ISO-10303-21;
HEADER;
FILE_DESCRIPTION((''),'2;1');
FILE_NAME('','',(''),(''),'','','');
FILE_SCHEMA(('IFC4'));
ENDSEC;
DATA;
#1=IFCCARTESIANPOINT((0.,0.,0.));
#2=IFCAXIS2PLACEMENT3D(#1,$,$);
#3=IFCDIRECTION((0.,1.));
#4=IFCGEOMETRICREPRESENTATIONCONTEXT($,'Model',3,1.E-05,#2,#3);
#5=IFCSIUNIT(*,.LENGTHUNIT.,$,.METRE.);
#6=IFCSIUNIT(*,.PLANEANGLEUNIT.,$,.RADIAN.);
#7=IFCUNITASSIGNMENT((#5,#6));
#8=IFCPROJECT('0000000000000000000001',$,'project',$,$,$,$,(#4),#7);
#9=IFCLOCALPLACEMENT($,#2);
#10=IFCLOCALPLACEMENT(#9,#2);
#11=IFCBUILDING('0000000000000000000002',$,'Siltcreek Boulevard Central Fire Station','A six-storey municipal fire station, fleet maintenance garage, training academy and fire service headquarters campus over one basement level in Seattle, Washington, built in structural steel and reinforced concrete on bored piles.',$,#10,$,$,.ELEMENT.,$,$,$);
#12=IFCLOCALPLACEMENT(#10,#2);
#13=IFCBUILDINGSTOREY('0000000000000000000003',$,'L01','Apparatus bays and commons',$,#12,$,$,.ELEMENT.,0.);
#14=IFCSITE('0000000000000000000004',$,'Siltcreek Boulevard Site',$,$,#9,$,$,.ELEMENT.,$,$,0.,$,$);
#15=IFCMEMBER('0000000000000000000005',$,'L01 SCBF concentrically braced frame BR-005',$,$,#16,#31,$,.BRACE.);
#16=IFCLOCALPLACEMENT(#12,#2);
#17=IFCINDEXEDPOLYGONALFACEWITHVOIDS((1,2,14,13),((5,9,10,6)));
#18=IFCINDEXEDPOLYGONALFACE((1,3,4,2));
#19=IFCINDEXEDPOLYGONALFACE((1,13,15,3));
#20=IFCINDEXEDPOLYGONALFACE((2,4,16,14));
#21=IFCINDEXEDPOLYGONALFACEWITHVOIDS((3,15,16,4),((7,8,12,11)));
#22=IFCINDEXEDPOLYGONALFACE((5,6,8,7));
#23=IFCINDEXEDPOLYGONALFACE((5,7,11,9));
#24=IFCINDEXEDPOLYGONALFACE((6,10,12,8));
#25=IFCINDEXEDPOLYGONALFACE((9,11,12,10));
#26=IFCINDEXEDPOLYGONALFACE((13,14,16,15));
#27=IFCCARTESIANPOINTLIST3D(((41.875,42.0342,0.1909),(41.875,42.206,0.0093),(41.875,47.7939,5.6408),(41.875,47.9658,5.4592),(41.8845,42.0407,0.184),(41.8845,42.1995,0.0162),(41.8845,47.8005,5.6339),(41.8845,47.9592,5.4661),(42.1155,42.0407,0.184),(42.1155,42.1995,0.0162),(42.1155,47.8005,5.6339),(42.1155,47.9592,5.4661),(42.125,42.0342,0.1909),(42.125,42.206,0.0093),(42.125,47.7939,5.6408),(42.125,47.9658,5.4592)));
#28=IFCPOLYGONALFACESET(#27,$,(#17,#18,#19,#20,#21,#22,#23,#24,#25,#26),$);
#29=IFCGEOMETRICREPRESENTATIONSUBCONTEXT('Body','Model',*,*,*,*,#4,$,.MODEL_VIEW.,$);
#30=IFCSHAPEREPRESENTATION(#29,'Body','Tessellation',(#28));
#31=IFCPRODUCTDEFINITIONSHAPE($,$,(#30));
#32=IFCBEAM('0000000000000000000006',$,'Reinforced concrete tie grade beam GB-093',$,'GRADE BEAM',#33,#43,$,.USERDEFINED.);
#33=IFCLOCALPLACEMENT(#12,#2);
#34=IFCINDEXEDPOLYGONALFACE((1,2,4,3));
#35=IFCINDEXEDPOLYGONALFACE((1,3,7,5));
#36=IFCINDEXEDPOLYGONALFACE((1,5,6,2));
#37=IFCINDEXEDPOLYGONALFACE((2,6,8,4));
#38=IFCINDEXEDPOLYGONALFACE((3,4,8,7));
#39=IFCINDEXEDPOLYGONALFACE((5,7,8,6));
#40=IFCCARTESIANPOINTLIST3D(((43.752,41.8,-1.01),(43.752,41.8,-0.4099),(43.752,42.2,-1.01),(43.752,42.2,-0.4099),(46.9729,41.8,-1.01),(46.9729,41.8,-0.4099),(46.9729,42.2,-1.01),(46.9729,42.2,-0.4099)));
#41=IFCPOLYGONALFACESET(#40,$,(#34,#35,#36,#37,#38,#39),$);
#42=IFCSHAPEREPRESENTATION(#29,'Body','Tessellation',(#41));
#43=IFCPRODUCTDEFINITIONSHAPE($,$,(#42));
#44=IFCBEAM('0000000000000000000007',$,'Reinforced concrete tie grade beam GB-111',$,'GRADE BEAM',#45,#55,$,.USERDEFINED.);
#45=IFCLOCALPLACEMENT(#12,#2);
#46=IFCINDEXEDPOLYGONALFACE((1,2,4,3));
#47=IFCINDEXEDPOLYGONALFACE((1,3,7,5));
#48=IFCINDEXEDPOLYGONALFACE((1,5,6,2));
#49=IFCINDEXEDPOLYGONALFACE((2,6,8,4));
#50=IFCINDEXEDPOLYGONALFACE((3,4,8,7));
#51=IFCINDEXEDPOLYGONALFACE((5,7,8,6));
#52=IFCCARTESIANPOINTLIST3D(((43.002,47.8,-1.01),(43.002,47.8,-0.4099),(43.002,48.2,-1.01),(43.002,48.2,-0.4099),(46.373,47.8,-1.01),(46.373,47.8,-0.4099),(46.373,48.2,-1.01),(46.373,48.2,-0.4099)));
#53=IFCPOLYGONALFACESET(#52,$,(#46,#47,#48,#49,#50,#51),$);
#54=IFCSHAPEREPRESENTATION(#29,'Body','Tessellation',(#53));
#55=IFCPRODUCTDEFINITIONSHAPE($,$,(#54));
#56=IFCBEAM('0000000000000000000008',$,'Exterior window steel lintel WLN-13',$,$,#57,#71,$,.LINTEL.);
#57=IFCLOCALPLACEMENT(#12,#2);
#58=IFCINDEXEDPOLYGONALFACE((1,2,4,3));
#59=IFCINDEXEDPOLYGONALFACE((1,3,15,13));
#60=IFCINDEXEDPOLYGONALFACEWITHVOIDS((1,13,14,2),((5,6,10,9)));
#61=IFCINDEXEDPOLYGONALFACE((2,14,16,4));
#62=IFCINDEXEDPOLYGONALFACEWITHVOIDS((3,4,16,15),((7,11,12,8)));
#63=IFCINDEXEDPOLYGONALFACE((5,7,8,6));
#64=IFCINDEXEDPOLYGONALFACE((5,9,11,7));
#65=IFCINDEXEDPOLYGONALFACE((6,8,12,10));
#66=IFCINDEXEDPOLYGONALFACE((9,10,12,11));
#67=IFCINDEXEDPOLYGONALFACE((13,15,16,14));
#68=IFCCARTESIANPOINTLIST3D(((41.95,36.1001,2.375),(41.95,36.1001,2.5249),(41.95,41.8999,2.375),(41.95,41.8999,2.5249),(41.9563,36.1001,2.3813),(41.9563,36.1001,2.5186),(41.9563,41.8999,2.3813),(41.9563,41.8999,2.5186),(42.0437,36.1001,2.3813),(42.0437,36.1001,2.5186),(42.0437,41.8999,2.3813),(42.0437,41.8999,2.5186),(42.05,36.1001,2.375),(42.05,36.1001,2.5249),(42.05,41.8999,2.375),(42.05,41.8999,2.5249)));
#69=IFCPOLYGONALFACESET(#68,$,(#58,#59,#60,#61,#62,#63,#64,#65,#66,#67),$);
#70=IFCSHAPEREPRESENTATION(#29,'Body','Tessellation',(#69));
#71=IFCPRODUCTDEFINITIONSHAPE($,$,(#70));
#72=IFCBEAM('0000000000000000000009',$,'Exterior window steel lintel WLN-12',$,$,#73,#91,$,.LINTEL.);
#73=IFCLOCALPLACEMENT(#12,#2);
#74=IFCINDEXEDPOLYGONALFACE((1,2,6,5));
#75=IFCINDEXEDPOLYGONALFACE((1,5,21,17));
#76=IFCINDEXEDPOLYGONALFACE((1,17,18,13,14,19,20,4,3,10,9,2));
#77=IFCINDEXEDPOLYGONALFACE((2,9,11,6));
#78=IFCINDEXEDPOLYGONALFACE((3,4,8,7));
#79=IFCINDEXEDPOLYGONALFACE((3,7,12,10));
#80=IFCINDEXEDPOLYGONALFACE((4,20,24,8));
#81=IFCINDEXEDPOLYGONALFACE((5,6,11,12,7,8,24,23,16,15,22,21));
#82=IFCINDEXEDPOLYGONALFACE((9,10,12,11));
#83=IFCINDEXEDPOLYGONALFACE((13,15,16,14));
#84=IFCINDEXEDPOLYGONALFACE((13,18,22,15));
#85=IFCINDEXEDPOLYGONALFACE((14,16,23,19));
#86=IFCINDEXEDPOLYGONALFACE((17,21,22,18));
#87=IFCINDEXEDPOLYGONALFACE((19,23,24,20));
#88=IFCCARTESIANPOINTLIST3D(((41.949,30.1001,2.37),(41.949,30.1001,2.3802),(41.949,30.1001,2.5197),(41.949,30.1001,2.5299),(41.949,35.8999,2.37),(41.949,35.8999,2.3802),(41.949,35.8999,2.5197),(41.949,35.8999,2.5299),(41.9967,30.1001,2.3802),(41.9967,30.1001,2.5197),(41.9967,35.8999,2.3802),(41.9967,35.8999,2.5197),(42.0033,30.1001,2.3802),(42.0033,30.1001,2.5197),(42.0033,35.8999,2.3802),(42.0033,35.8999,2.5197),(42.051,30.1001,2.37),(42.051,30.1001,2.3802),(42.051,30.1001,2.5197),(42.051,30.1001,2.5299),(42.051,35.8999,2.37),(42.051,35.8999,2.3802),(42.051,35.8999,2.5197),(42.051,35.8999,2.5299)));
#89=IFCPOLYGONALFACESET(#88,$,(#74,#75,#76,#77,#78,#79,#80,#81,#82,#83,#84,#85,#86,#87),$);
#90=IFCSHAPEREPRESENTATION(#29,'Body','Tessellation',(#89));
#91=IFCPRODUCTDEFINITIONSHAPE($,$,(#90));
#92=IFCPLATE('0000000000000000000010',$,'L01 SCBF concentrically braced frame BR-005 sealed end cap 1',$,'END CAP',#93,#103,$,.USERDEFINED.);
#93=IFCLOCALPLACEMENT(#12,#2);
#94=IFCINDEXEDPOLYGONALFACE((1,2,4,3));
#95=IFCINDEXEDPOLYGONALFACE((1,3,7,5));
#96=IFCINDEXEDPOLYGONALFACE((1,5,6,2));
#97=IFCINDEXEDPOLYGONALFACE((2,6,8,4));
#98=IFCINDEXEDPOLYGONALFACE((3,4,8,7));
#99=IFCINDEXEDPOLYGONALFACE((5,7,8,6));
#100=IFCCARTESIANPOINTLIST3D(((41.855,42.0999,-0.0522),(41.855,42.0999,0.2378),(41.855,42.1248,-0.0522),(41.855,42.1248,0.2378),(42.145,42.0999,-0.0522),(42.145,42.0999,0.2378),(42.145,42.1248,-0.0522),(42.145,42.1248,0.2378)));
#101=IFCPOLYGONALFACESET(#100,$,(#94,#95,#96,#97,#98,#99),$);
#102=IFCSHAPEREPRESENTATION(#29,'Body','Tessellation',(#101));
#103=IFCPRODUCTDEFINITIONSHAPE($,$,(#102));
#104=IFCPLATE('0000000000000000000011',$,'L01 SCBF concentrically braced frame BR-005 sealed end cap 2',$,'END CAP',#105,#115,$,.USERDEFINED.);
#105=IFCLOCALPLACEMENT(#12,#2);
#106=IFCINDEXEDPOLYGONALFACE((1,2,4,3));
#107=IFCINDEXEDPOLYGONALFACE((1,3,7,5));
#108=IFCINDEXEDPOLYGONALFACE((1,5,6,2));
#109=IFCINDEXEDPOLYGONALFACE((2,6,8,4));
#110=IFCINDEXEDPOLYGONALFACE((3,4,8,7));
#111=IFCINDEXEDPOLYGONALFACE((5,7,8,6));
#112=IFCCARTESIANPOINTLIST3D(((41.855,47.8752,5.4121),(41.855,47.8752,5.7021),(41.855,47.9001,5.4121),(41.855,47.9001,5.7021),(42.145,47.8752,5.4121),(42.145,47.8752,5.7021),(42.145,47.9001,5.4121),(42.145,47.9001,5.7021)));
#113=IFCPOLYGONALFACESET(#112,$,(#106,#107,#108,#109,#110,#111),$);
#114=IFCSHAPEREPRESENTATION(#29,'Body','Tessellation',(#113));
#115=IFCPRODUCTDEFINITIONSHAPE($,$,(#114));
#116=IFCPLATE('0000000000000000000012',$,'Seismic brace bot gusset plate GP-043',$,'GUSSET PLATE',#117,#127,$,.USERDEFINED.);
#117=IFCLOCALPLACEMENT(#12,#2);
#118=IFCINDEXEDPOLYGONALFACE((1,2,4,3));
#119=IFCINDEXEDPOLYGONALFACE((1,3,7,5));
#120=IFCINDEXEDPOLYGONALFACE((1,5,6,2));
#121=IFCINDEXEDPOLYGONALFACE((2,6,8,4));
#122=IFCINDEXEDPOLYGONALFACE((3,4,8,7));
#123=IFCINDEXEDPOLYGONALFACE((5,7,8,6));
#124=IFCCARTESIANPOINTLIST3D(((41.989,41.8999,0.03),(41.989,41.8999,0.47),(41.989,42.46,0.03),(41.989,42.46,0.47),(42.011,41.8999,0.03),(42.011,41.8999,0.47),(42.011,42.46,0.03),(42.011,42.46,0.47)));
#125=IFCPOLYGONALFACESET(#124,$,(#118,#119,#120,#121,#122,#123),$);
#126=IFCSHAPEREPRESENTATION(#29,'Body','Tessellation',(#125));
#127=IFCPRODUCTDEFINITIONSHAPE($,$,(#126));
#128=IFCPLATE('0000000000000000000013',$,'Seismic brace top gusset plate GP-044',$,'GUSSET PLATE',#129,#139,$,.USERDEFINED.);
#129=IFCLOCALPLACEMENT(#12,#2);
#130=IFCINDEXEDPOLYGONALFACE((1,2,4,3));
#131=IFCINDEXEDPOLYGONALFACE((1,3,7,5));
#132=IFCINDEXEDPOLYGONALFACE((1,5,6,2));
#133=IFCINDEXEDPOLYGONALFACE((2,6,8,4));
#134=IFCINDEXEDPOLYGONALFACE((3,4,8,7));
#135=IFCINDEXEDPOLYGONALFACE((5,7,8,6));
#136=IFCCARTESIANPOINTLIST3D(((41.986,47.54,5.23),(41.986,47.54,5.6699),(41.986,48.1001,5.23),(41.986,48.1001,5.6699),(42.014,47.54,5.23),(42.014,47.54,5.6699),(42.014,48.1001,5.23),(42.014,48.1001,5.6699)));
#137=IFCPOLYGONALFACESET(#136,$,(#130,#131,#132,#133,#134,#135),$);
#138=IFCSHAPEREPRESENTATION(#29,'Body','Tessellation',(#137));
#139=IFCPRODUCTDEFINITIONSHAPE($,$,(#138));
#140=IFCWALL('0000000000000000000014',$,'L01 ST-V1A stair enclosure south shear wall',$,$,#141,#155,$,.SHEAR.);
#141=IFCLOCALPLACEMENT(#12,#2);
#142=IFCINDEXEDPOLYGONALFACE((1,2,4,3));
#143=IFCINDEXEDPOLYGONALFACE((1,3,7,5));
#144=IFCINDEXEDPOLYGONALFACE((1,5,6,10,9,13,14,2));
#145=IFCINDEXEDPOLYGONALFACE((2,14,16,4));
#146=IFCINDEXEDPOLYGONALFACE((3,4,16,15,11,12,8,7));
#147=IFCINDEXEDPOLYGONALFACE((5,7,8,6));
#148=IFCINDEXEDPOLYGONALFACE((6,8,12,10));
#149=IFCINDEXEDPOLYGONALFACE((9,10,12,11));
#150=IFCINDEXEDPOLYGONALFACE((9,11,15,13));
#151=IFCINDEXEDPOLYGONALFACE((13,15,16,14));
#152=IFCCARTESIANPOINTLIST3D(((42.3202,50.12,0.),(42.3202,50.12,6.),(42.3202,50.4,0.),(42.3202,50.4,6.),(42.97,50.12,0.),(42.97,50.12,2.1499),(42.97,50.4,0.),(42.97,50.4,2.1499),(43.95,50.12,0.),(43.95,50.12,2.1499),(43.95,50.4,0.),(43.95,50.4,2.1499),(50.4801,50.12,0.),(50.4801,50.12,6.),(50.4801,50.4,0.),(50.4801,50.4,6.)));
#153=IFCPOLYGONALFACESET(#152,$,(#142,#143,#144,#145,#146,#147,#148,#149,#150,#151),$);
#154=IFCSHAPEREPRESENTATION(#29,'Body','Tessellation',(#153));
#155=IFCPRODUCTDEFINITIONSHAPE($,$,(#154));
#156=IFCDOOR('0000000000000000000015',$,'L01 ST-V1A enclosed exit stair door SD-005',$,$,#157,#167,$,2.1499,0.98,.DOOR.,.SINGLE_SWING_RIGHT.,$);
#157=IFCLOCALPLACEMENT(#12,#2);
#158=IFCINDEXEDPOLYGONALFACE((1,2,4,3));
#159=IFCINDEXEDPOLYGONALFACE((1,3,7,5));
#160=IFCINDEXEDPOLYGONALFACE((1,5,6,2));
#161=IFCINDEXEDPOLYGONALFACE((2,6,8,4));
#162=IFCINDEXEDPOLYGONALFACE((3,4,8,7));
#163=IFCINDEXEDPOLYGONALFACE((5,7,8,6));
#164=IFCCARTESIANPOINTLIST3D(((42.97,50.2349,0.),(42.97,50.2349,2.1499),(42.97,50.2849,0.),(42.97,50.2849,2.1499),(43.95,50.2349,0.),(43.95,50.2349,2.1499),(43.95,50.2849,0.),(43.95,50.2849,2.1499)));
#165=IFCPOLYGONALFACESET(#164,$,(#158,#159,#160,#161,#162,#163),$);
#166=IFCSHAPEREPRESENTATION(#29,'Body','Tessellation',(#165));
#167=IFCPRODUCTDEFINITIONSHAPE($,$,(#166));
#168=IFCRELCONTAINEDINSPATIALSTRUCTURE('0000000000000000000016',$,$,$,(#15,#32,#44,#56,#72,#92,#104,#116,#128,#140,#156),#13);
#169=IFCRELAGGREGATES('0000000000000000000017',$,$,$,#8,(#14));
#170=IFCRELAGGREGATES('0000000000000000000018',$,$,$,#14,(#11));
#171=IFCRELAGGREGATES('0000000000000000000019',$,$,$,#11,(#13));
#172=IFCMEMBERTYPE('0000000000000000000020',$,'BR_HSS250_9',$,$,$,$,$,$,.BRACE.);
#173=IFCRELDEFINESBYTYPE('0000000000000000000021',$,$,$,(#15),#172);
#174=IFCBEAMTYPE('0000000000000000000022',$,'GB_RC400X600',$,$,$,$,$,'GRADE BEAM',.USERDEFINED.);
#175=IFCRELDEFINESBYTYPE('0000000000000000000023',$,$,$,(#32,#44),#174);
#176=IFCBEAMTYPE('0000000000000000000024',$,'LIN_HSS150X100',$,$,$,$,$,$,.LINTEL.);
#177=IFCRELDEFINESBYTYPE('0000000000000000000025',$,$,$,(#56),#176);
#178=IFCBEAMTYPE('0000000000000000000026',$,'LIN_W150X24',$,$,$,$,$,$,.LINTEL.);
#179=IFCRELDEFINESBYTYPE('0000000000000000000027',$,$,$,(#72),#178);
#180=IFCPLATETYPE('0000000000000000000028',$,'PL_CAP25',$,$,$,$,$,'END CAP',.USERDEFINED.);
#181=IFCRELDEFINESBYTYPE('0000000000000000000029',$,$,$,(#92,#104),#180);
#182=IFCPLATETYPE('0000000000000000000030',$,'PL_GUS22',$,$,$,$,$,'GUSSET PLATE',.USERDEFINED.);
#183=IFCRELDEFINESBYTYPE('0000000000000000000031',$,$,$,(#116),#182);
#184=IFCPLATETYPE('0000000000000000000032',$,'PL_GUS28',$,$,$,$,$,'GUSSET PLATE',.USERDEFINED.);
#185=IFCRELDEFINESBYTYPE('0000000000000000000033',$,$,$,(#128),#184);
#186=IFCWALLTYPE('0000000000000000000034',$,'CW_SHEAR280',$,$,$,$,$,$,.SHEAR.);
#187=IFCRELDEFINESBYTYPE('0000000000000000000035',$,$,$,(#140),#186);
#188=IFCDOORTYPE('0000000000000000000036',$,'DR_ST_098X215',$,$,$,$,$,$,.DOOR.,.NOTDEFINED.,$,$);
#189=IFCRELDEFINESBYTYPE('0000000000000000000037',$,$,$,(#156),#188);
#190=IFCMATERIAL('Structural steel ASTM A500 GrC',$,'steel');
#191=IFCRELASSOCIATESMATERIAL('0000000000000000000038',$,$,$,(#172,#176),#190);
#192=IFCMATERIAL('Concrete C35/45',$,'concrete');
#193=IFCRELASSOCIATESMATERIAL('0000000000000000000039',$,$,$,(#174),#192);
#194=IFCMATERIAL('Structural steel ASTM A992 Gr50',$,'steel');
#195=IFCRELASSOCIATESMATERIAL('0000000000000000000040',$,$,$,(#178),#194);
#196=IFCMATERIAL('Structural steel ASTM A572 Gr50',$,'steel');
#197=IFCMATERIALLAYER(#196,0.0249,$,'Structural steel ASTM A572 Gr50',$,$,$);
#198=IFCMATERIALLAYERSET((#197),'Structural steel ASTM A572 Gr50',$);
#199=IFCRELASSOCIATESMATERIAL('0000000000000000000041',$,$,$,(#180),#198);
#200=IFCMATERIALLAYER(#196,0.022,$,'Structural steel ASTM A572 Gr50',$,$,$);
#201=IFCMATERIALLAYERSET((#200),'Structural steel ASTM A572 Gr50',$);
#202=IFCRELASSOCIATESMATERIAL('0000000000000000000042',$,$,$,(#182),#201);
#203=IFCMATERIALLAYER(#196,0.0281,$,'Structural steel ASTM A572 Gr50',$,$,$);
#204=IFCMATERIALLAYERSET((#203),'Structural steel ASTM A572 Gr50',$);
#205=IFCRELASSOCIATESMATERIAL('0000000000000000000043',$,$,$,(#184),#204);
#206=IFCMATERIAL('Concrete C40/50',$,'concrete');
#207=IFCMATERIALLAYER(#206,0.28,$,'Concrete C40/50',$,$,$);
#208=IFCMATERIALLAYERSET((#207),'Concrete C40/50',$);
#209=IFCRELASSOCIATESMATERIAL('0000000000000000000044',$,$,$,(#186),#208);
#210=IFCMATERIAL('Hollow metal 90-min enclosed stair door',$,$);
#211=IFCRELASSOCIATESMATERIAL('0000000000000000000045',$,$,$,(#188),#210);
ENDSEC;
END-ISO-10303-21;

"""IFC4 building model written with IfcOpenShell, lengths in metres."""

from ifc_helpers import new_model, si_unit, direction, frame, frame_2d, origin, origin_2d, place, context, subcontext, project, spatial, rectangle, hollow_rectangle, i_section, extrude, material, layer, layer_set, material_profile, profile_set, type_object, element, fill, save


model = new_model("IFC4")

# Units and contexts
model_context = context("Model", 3, precision=1e-05, world=origin(), true_north=direction((0.0, 1.0)))
body_context = subcontext(model_context, "Body", "Model", "MODEL_VIEW")
ifc_project = project(units=[si_unit("LENGTHUNIT", "METRE"), si_unit("PLANEANGLEUNIT", "RADIAN")], contexts=[model_context])

# Site, building, storey
site_placement = place(None, origin())
site = spatial("IfcSite", under=ifc_project, at=site_placement, Name="Siltcreek Boulevard Site", CompositionType="ELEMENT", RefElevation=0.0)
building_placement = place(site_placement, origin())
building = spatial("IfcBuilding", under=site, at=building_placement, Name="Siltcreek Boulevard Central Fire Station", Description="A six-storey municipal fire station, fleet maintenance garage, training academy and fire service headquarters campus over one basement level in Seattle, Washington, built in structural steel and reinforced concrete on bored piles.", CompositionType="ELEMENT")
storey_placement = place(building_placement, origin())
storey = spatial("IfcBuildingStorey", under=building, at=storey_placement, Name="L01", Description="Apparatus bays and commons", CompositionType="ELEMENT", Elevation=0.0)

# Shared definitions
ifc_material_1 = material(Name="Concrete C35/45", Category="concrete")

# Shared definitions
ifc_material_2 = material(Name="Structural steel ASTM A992 Gr50", Category="steel")

# Member
ifc_material_3 = material(Name="Structural steel ASTM A500 GrC", Category="steel")
ifc_material_profile_1 = material_profile(ifc_material_3, hollow_rectangle(XDim=0.25, YDim=0.25, WallThickness=0.0095, at=origin_2d()), Name="HSS250X250X9.5")
ifc_profile_set_1 = profile_set([ifc_material_profile_1], Name="Structural steel ASTM A500 GrC")
member_type = type_object("IfcMemberType", Name="BR_HSS250_9", PredefinedType="BRACE", material=ifc_profile_set_1)
member_placement = place(storey_placement, frame((42.0, 42.1201, 0.1001), z_axis=(0.0, 0.726372, 0.687301), x_axis=(-1.0, 0.0, 0.0)))
element("IfcMember", 1, at=member_placement, inside=storey, type_object=member_type, Name="L01 SCBF concentrically braced frame BR-005", PredefinedType="BRACE", context=body_context, shape_type="SweptSolid", body=[
    extrude(hollow_rectangle(XDim=0.25, YDim=0.25, WallThickness=0.0095, at=origin_2d()), origin(), (0.0, 0.0, 1.0), 7.9294),
])

# Beams
ifc_material_profile_2 = material_profile(ifc_material_1, rectangle(XDim=0.3999, YDim=0.6001, at=origin_2d()), Name="RC400X600")
ifc_profile_set_2 = profile_set([ifc_material_profile_2], Name="Concrete C35/45")
beam_type_1 = type_object("IfcBeamType", Name="GB_RC400X600", ElementType="GRADE BEAM", PredefinedType="USERDEFINED", material=ifc_profile_set_2)
beam_1_placement = place(storey_placement, frame((43.752, 42.0, -0.71), z_axis=(1.0, 0.0, 0.0), x_axis=(0.0, 1.0, 0.0)))
element("IfcBeam", 2, at=beam_1_placement, inside=storey, type_object=beam_type_1, Name="Reinforced concrete tie grade beam GB-093", ObjectType="GRADE BEAM", PredefinedType="USERDEFINED", context=body_context, shape_type="SweptSolid", body=[
    extrude(rectangle(XDim=0.3999, YDim=0.6001, at=origin_2d()), origin(), (0.0, 0.0, 1.0), 3.2209),
])
beam_2_placement = place(storey_placement, frame((43.002, 48.0, -0.71), z_axis=(1.0, 0.0, 0.0), x_axis=(0.0, 1.0, 0.0)))
element("IfcBeam", 3, at=beam_2_placement, inside=storey, type_object=beam_type_1, Name="Reinforced concrete tie grade beam GB-111", ObjectType="GRADE BEAM", PredefinedType="USERDEFINED", context=body_context, shape_type="SweptSolid", body=[
    extrude(rectangle(XDim=0.3999, YDim=0.6001, at=origin_2d()), origin(), (0.0, 0.0, 1.0), 3.3711),
])
ifc_material_profile_3 = material_profile(ifc_material_3, hollow_rectangle(XDim=0.1001, YDim=0.1499, WallThickness=0.0063, at=origin_2d()), Name="HSS150X100X6.4")
ifc_profile_set_3 = profile_set([ifc_material_profile_3], Name="Structural steel ASTM A500 GrC")
beam_type_2 = type_object("IfcBeamType", Name="LIN_HSS150X100", PredefinedType="LINTEL", material=ifc_profile_set_3)
beam_3_placement = place(storey_placement, frame((42.0, 41.8999, 2.45), z_axis=(0.0, -1.0, 0.0), x_axis=(1.0, 0.0, 0.0)))
element("IfcBeam", 4, at=beam_3_placement, inside=storey, type_object=beam_type_2, Name="Exterior window steel lintel WLN-13", PredefinedType="LINTEL", context=body_context, shape_type="SweptSolid", body=[
    extrude(hollow_rectangle(XDim=0.1001, YDim=0.1499, WallThickness=0.0063, at=origin_2d()), origin(), (0.0, 0.0, 1.0), 5.7998),
])
ifc_material_profile_4 = material_profile(ifc_material_2, i_section(OverallWidth=0.1021, OverallDepth=0.1599, WebThickness=0.0066, FlangeThickness=0.0103, at=origin_2d()), Name="W150X24")
ifc_profile_set_4 = profile_set([ifc_material_profile_4], Name="Structural steel ASTM A992 Gr50")
beam_type_3 = type_object("IfcBeamType", Name="LIN_W150X24", PredefinedType="LINTEL", material=ifc_profile_set_4)
beam_4_placement = place(storey_placement, frame((42.0, 35.8999, 2.45), z_axis=(0.0, -1.0, 0.0), x_axis=(1.0, 0.0, 0.0)))
element("IfcBeam", 5, at=beam_4_placement, inside=storey, type_object=beam_type_3, Name="Exterior window steel lintel WLN-12", PredefinedType="LINTEL", context=body_context, shape_type="SweptSolid", body=[
    extrude(i_section(OverallWidth=0.1021, OverallDepth=0.1599, WebThickness=0.0066, FlangeThickness=0.0103, at=origin_2d()), origin(), (0.0, 0.0, 1.0), 5.7998),
])

# Plates
ifc_material_4 = material(Name="Structural steel ASTM A572 Gr50", Category="steel")
ifc_layer_1 = layer(ifc_material_4, 0.0249, Name="Structural steel ASTM A572 Gr50")
ifc_layer_set_1 = layer_set([ifc_layer_1], Name="Structural steel ASTM A572 Gr50")
plate_type_1 = type_object("IfcPlateType", Name="PL_CAP25", ElementType="END CAP", PredefinedType="USERDEFINED", material=ifc_layer_set_1)
for number, where, z_axis, x_axis, name in (
    (6, (42.0, 42.1123, -0.0522), (0.0, 0.0, 1.0), (0.0, 1.0, 0.0), "L01 SCBF concentrically braced frame BR-005 sealed end cap 1"),
    (7, (42.0, 47.8877, 5.4121), (0.0, 0.0, 1.0), (0.0, 1.0, 0.0), "L01 SCBF concentrically braced frame BR-005 sealed end cap 2"),
):
    element("IfcPlate", number, at=place(storey_placement, frame(where, z_axis=z_axis, x_axis=x_axis)), inside=storey, type_object=plate_type_1, Name=name, ObjectType="END CAP", PredefinedType="USERDEFINED", context=body_context, shape_type="SweptSolid", body=[
        extrude(rectangle(XDim=0.0249, YDim=0.29, at=origin_2d()), origin(), (0.0, 0.0, 1.0), 0.29),
    ])
ifc_layer_2 = layer(ifc_material_4, 0.022, Name="Structural steel ASTM A572 Gr50")
ifc_layer_set_2 = layer_set([ifc_layer_2], Name="Structural steel ASTM A572 Gr50")
plate_type_2 = type_object("IfcPlateType", Name="PL_GUS22", ElementType="GUSSET PLATE", PredefinedType="USERDEFINED", material=ifc_layer_set_2)
plate_1_placement = place(storey_placement, frame((42.0, 42.1799, 0.03), z_axis=(0.0, 0.0, 1.0), x_axis=(0.0, 1.0, 0.0)))
element("IfcPlate", 8, at=plate_1_placement, inside=storey, type_object=plate_type_2, Name="Seismic brace bot gusset plate GP-043", ObjectType="GUSSET PLATE", PredefinedType="USERDEFINED", context=body_context, shape_type="SweptSolid", body=[
    extrude(rectangle(XDim=0.5601, YDim=0.022, at=origin_2d()), origin(), (0.0, 0.0, 1.0), 0.4399),
])
ifc_layer_3 = layer(ifc_material_4, 0.0281, Name="Structural steel ASTM A572 Gr50")
ifc_layer_set_3 = layer_set([ifc_layer_3], Name="Structural steel ASTM A572 Gr50")
plate_type_3 = type_object("IfcPlateType", Name="PL_GUS28", ElementType="GUSSET PLATE", PredefinedType="USERDEFINED", material=ifc_layer_set_3)
plate_2_placement = place(storey_placement, frame((42.0, 47.8201, 5.23), z_axis=(0.0, 0.0, 1.0), x_axis=(0.0, 1.0, 0.0)))
element("IfcPlate", 9, at=plate_2_placement, inside=storey, type_object=plate_type_3, Name="Seismic brace top gusset plate GP-044", ObjectType="GUSSET PLATE", PredefinedType="USERDEFINED", context=body_context, shape_type="SweptSolid", body=[
    extrude(rectangle(XDim=0.5601, YDim=0.0281, at=origin_2d()), origin(), (0.0, 0.0, 1.0), 0.4399),
])

# Wall, opening, door
ifc_material_5 = material(Name="Concrete C40/50", Category="concrete")
ifc_layer_4 = layer(ifc_material_5, 0.28, Name="Concrete C40/50")
ifc_layer_set_4 = layer_set([ifc_layer_4], Name="Concrete C40/50")
wall_type_1 = type_object("IfcWallType", Name="CW_SHEAR280", PredefinedType="SHEAR", material=ifc_layer_set_4)
wall_1_placement = place(storey_placement, frame((42.3201, 50.26, 0.0), z_axis=(0.0, 0.0, 1.0), x_axis=(1.0, 0.0, 0.0)))
wall_1 = element("IfcWall", 10, at=wall_1_placement, inside=storey, type_object=wall_type_1, Name="L01 ST-V1A stair enclosure south shear wall", PredefinedType="SHEAR", context=body_context, shape_type="SweptSolid", body=[
    extrude(rectangle(XDim=8.1599, YDim=0.28, at=frame_2d((4.0801, 0.0))), origin(), (0.0, 0.0, 1.0), 6.0),
])
opening_1_placement = place(wall_1_placement, frame((0.6499, 0.0, 0.0)))
opening_1 = element("IfcOpeningElement", 11, at=opening_1_placement, cuts=wall_1, PredefinedType="OPENING", context=body_context, shape_type="SweptSolid", body=[
    extrude(rectangle(XDim=0.98, YDim=2.1499, at=frame_2d((0.49, 1.075))), frame((0.0, 0.1499, 0.0), z_axis=(0.0, -1.0, 0.0), x_axis=(1.0, 0.0, 0.0)), (0.0, 0.0, 1.0), 0.3),
])
ifc_material_6 = material(Name="Hollow metal 90-min enclosed stair door")
door_type_1 = type_object("IfcDoorType", Name="DR_ST_098X215", OperationType="NOTDEFINED", PredefinedType="DOOR", material=ifc_material_6)
door_1_placement = place(opening_1_placement, origin())
door_1 = element("IfcDoor", 12, at=door_1_placement, inside=storey, type_object=door_type_1, Name="L01 ST-V1A enclosed exit stair door SD-005", OperationType="SINGLE_SWING_RIGHT", OverallHeight=2.1499, OverallWidth=0.98, PredefinedType="DOOR", context=body_context, shape_type="SweptSolid", body=[
    extrude(rectangle(XDim=0.98, YDim=2.1499, at=frame_2d((0.49, 1.075))), frame((0.0, 0.0249, 0.0), z_axis=(0.0, -1.0, 0.0), x_axis=(1.0, 0.0, 0.0)), (0.0, 0.0, 1.0), 0.05),
])
fill(opening_1, door_1)

save(model, "model.ifc")
